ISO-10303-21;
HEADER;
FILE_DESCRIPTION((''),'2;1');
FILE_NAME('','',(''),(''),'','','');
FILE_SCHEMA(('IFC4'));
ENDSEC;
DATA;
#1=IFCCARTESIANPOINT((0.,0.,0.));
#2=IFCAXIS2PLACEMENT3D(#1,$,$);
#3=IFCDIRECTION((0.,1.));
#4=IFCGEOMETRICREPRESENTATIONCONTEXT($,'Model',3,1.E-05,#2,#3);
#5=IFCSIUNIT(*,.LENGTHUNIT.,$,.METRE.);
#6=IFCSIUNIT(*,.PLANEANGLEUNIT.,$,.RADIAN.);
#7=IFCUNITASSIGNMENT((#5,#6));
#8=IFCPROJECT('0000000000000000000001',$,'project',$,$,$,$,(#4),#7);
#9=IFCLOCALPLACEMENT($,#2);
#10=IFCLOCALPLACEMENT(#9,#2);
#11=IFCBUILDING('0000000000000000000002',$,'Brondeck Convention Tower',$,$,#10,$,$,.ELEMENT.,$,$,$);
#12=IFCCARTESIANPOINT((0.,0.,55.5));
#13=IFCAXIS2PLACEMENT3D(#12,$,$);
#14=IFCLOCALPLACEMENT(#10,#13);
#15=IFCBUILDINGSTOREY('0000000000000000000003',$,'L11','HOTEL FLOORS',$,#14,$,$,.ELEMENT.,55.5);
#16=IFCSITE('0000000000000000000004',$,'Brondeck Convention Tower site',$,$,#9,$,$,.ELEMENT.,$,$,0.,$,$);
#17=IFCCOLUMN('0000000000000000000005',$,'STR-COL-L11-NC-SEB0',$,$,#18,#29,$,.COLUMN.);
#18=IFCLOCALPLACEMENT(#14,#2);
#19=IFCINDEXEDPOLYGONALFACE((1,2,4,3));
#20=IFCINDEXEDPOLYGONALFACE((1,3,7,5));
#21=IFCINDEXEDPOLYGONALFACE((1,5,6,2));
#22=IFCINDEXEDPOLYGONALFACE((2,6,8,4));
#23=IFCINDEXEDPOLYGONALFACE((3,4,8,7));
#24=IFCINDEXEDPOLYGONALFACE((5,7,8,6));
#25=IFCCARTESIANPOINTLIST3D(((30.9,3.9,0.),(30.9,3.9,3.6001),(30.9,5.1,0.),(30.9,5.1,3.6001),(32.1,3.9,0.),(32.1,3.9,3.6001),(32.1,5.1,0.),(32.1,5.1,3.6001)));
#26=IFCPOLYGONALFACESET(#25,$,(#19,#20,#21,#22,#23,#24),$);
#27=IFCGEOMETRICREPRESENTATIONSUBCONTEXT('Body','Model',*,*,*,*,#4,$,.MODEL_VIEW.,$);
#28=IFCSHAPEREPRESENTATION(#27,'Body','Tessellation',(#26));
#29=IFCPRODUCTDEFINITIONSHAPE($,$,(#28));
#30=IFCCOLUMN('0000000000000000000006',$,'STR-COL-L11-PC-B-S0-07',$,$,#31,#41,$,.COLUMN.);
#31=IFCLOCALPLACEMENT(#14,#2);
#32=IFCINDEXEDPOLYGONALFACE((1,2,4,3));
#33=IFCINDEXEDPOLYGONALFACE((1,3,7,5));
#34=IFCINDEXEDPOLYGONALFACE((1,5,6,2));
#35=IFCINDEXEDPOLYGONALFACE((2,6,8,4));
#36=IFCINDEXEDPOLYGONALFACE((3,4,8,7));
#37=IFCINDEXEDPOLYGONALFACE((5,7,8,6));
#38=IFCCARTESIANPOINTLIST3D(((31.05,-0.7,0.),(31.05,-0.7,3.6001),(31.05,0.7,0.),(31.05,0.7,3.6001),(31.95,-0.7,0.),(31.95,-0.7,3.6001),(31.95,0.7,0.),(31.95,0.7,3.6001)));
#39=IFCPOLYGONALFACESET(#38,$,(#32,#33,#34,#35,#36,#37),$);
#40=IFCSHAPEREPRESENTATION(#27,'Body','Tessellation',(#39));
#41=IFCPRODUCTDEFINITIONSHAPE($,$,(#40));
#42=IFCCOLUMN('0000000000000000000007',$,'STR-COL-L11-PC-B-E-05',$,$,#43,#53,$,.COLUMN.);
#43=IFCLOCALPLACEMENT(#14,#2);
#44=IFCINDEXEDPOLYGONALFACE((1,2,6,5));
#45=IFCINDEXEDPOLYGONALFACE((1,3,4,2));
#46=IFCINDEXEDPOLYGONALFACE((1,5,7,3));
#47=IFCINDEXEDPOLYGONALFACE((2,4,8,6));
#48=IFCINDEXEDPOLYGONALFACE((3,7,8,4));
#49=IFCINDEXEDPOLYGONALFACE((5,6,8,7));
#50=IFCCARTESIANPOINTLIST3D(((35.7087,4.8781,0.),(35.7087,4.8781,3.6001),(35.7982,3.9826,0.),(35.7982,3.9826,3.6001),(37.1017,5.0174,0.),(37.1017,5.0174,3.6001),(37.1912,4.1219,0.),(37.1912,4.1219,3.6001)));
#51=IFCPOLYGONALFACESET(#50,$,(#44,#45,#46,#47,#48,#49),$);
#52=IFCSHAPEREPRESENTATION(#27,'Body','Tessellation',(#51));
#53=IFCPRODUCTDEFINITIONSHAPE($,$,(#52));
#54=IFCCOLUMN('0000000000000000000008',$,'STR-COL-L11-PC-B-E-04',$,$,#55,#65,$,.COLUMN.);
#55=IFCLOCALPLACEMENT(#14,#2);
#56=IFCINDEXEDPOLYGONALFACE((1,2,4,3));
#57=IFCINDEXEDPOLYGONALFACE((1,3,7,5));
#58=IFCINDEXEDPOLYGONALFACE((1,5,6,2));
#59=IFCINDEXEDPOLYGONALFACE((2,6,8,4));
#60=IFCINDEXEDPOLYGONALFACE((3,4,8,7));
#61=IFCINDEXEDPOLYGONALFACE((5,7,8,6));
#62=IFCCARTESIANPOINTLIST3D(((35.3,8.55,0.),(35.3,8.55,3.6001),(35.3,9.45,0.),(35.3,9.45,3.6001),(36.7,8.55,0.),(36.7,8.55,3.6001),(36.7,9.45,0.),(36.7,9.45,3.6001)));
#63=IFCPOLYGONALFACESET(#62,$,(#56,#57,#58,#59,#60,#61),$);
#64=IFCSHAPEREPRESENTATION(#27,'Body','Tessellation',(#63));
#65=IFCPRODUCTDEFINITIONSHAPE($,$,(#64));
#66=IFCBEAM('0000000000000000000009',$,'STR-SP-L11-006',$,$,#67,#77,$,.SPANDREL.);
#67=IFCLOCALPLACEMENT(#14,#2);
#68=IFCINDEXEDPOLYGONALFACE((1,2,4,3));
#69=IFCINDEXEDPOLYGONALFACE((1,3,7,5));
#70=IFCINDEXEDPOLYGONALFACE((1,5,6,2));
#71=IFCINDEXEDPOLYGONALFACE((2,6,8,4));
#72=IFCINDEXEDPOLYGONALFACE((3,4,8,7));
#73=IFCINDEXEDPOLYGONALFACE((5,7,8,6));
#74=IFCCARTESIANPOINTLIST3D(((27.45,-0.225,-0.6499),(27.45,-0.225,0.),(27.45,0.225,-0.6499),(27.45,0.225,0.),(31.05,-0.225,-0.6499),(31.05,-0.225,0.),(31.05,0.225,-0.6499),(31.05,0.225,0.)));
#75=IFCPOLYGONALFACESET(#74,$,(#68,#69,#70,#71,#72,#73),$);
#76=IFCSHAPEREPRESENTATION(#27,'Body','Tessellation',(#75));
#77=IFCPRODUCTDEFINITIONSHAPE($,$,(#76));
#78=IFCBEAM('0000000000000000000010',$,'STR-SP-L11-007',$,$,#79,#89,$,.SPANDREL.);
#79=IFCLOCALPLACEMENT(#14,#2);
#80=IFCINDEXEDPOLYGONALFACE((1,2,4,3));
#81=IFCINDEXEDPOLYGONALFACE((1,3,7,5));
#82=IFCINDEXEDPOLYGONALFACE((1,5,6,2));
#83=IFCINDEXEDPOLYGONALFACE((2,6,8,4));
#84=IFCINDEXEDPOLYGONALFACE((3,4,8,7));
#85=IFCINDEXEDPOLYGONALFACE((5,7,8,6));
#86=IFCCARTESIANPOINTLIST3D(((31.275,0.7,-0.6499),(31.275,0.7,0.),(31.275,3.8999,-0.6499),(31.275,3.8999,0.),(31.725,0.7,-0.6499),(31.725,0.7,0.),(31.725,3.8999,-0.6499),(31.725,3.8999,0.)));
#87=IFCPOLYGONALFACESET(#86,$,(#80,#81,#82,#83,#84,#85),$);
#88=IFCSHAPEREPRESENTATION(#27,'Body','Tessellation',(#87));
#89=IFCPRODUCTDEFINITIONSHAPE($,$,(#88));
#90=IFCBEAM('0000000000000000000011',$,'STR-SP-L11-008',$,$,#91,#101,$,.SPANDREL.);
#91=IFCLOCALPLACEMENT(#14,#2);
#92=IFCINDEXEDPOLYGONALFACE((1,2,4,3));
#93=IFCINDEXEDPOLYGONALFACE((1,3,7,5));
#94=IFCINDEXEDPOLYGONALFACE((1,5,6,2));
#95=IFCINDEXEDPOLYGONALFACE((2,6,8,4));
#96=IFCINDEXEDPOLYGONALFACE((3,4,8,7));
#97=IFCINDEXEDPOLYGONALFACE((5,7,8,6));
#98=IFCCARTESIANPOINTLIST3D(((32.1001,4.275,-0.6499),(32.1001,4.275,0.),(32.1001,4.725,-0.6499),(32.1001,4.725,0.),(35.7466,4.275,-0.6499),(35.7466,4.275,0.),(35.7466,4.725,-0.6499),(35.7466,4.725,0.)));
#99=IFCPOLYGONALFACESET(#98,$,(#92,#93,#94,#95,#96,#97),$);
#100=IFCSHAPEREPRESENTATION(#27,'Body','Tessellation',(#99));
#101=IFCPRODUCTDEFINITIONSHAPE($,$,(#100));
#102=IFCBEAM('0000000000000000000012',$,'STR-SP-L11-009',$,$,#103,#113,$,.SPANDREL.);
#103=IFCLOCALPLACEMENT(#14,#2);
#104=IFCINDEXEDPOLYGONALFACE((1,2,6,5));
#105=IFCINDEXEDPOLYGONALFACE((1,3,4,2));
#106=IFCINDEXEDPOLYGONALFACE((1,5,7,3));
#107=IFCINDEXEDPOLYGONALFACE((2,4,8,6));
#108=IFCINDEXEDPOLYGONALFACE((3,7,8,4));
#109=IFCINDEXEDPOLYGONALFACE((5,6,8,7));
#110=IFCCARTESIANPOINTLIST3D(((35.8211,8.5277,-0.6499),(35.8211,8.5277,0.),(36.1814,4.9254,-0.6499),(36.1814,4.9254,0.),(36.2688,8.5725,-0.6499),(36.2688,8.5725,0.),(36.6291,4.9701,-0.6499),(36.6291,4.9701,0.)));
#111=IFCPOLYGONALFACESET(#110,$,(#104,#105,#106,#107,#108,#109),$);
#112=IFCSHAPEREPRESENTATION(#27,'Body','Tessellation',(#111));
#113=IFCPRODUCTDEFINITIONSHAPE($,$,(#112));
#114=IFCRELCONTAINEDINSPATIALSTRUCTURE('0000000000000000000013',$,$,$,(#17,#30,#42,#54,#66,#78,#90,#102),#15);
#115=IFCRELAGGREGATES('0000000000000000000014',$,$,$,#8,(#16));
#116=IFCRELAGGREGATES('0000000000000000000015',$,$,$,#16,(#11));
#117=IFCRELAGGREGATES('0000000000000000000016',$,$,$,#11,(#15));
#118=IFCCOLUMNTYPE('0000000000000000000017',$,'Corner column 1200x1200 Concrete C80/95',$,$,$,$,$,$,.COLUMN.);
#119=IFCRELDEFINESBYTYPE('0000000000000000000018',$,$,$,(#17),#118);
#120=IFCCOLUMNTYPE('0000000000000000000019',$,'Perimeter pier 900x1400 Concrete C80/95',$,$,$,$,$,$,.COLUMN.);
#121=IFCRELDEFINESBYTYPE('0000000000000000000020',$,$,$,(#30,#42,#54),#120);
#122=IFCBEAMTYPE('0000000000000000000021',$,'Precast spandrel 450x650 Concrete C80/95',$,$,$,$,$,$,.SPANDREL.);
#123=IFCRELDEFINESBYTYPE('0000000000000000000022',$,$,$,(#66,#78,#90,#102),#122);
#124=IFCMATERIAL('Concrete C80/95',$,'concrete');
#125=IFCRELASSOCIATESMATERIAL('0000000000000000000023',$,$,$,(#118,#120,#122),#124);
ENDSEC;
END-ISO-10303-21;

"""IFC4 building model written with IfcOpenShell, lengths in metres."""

from ifc_helpers import new_model, si_unit, direction, frame, origin, origin_2d, place, context, subcontext, project, spatial, rectangle, extrude, material, material_profile, profile_set, type_object, element, save


model = new_model("IFC4")

# Units and contexts
model_context = context("Model", 3, precision=1e-05, world=origin(), true_north=direction((0.0, 1.0)))
body_context = subcontext(model_context, "Body", "Model", "MODEL_VIEW")
ifc_project = project(units=[si_unit("LENGTHUNIT", "METRE"), si_unit("PLANEANGLEUNIT", "RADIAN")], contexts=[model_context])

# Site, building, storey
site_placement = place(None, origin())
site = spatial("IfcSite", under=ifc_project, at=site_placement, Name="Brondeck Convention Tower site", CompositionType="ELEMENT", RefElevation=0.0)
building_placement = place(site_placement, origin())
building = spatial("IfcBuilding", under=site, at=building_placement, Name="Brondeck Convention Tower", CompositionType="ELEMENT")
storey_placement = place(building_placement, frame((0.0, 0.0, 55.5)))
storey = spatial("IfcBuildingStorey", under=building, at=storey_placement, Name="L11", Description="HOTEL FLOORS", CompositionType="ELEMENT", Elevation=55.5)

# Columns
ifc_material_1 = material(Name="Concrete C80/95", Category="concrete")
ifc_material_profile_1 = material_profile(ifc_material_1, rectangle(XDim=1.2, YDim=1.2, at=origin_2d()), Name="Corner column 1200x1200 Concrete C80/95")
ifc_profile_set_1 = profile_set([ifc_material_profile_1], Name="Concrete C80/95")
column_type_1 = type_object("IfcColumnType", Name="Corner column 1200x1200 Concrete C80/95", PredefinedType="COLUMN", material=ifc_profile_set_1)
column_placement = place(storey_placement, frame((31.5, 4.5, 0.0), z_axis=(0.0, 0.0, 1.0), x_axis=(1.0, 0.0, 0.0)))
element("IfcColumn", 1, at=column_placement, inside=storey, type_object=column_type_1, Name="STR-COL-L11-NC-SEB0", PredefinedType="COLUMN", context=body_context, shape_type="SweptSolid", body=[
    extrude(rectangle(XDim=1.2, YDim=1.2, at=origin_2d()), origin(), (0.0, 0.0, 1.0), 3.6001),
])
ifc_material_profile_2 = material_profile(ifc_material_1, rectangle(XDim=0.8999, YDim=1.3999, at=origin_2d()), Name="Perimeter pier 900x1400 Concrete C80/95")
ifc_profile_set_2 = profile_set([ifc_material_profile_2], Name="Concrete C80/95")
column_type_2 = type_object("IfcColumnType", Name="Perimeter pier 900x1400 Concrete C80/95", PredefinedType="COLUMN", material=ifc_profile_set_2)
for number, where, z_axis, x_axis, name in (
    (2, (31.5, 0.0, 0.0), (0.0, 0.0, 1.0), (1.0, 0.0, 0.0), "STR-COL-L11-PC-B-S0-07"),
    (3, (36.45, 4.5, 0.0), (0.0, 0.0, 1.0), (-0.099504, 0.995037, 0.0), "STR-COL-L11-PC-B-E-05"),
    (4, (36.0, 9.0, 0.0), (0.0, 0.0, 1.0), (0.0, 1.0, 0.0), "STR-COL-L11-PC-B-E-04"),
):
    element("IfcColumn", number, at=place(storey_placement, frame(where, z_axis=z_axis, x_axis=x_axis)), inside=storey, type_object=column_type_2, Name=name, PredefinedType="COLUMN", context=body_context, shape_type="SweptSolid", body=[
        extrude(rectangle(XDim=0.8999, YDim=1.3999, at=origin_2d()), origin(), (0.0, 0.0, 1.0), 3.6001),
    ])

# Beams
ifc_material_profile_3 = material_profile(ifc_material_1, rectangle(XDim=0.45, YDim=0.6499, at=origin_2d()), Name="Precast spandrel 450x650 Concrete C80/95")
ifc_profile_set_3 = profile_set([ifc_material_profile_3], Name="Concrete C80/95")
beam_type = type_object("IfcBeamType", Name="Precast spandrel 450x650 Concrete C80/95", PredefinedType="SPANDREL", material=ifc_profile_set_3)
beam_1_placement = place(storey_placement, frame((27.45, 0.0, -0.325), z_axis=(1.0, 0.0, 0.0), x_axis=(0.0, 1.0, 0.0)))
element("IfcBeam", 5, at=beam_1_placement, inside=storey, type_object=beam_type, Name="STR-SP-L11-006", PredefinedType="SPANDREL", context=body_context, shape_type="SweptSolid", body=[
    extrude(rectangle(XDim=0.45, YDim=0.6499, at=origin_2d()), origin(), (0.0, 0.0, 1.0), 3.6001),
])
beam_2_placement = place(storey_placement, frame((31.5, 0.7, -0.325), z_axis=(0.0, 1.0, 0.0), x_axis=(-1.0, 0.0, 0.0)))
element("IfcBeam", 6, at=beam_2_placement, inside=storey, type_object=beam_type, Name="STR-SP-L11-007", PredefinedType="SPANDREL", context=body_context, shape_type="SweptSolid", body=[
    extrude(rectangle(XDim=0.45, YDim=0.6499, at=origin_2d()), origin(), (0.0, 0.0, 1.0), 3.2),
])
beam_3_placement = place(storey_placement, frame((32.1001, 4.5, -0.325), z_axis=(1.0, 0.0, 0.0), x_axis=(0.0, 1.0, 0.0)))
element("IfcBeam", 7, at=beam_3_placement, inside=storey, type_object=beam_type, Name="STR-SP-L11-008", PredefinedType="SPANDREL", context=body_context, shape_type="SweptSolid", body=[
    extrude(rectangle(XDim=0.45, YDim=0.6499, at=origin_2d()), origin(), (0.0, 0.0, 1.0), 3.6465),
])
beam_4_placement = place(storey_placement, frame((36.4053, 4.9478, -0.325), z_axis=(-0.099537, 0.995034, 0.0), x_axis=(-0.995034, -0.099537, 0.0)))
element("IfcBeam", 8, at=beam_4_placement, inside=storey, type_object=beam_type, Name="STR-SP-L11-009", PredefinedType="SPANDREL", context=body_context, shape_type="SweptSolid", body=[
    extrude(rectangle(XDim=0.45, YDim=0.6499, at=origin_2d()), origin(), (0.0, 0.0, 1.0), 3.6204),
])

save(model, "model.ifc")
